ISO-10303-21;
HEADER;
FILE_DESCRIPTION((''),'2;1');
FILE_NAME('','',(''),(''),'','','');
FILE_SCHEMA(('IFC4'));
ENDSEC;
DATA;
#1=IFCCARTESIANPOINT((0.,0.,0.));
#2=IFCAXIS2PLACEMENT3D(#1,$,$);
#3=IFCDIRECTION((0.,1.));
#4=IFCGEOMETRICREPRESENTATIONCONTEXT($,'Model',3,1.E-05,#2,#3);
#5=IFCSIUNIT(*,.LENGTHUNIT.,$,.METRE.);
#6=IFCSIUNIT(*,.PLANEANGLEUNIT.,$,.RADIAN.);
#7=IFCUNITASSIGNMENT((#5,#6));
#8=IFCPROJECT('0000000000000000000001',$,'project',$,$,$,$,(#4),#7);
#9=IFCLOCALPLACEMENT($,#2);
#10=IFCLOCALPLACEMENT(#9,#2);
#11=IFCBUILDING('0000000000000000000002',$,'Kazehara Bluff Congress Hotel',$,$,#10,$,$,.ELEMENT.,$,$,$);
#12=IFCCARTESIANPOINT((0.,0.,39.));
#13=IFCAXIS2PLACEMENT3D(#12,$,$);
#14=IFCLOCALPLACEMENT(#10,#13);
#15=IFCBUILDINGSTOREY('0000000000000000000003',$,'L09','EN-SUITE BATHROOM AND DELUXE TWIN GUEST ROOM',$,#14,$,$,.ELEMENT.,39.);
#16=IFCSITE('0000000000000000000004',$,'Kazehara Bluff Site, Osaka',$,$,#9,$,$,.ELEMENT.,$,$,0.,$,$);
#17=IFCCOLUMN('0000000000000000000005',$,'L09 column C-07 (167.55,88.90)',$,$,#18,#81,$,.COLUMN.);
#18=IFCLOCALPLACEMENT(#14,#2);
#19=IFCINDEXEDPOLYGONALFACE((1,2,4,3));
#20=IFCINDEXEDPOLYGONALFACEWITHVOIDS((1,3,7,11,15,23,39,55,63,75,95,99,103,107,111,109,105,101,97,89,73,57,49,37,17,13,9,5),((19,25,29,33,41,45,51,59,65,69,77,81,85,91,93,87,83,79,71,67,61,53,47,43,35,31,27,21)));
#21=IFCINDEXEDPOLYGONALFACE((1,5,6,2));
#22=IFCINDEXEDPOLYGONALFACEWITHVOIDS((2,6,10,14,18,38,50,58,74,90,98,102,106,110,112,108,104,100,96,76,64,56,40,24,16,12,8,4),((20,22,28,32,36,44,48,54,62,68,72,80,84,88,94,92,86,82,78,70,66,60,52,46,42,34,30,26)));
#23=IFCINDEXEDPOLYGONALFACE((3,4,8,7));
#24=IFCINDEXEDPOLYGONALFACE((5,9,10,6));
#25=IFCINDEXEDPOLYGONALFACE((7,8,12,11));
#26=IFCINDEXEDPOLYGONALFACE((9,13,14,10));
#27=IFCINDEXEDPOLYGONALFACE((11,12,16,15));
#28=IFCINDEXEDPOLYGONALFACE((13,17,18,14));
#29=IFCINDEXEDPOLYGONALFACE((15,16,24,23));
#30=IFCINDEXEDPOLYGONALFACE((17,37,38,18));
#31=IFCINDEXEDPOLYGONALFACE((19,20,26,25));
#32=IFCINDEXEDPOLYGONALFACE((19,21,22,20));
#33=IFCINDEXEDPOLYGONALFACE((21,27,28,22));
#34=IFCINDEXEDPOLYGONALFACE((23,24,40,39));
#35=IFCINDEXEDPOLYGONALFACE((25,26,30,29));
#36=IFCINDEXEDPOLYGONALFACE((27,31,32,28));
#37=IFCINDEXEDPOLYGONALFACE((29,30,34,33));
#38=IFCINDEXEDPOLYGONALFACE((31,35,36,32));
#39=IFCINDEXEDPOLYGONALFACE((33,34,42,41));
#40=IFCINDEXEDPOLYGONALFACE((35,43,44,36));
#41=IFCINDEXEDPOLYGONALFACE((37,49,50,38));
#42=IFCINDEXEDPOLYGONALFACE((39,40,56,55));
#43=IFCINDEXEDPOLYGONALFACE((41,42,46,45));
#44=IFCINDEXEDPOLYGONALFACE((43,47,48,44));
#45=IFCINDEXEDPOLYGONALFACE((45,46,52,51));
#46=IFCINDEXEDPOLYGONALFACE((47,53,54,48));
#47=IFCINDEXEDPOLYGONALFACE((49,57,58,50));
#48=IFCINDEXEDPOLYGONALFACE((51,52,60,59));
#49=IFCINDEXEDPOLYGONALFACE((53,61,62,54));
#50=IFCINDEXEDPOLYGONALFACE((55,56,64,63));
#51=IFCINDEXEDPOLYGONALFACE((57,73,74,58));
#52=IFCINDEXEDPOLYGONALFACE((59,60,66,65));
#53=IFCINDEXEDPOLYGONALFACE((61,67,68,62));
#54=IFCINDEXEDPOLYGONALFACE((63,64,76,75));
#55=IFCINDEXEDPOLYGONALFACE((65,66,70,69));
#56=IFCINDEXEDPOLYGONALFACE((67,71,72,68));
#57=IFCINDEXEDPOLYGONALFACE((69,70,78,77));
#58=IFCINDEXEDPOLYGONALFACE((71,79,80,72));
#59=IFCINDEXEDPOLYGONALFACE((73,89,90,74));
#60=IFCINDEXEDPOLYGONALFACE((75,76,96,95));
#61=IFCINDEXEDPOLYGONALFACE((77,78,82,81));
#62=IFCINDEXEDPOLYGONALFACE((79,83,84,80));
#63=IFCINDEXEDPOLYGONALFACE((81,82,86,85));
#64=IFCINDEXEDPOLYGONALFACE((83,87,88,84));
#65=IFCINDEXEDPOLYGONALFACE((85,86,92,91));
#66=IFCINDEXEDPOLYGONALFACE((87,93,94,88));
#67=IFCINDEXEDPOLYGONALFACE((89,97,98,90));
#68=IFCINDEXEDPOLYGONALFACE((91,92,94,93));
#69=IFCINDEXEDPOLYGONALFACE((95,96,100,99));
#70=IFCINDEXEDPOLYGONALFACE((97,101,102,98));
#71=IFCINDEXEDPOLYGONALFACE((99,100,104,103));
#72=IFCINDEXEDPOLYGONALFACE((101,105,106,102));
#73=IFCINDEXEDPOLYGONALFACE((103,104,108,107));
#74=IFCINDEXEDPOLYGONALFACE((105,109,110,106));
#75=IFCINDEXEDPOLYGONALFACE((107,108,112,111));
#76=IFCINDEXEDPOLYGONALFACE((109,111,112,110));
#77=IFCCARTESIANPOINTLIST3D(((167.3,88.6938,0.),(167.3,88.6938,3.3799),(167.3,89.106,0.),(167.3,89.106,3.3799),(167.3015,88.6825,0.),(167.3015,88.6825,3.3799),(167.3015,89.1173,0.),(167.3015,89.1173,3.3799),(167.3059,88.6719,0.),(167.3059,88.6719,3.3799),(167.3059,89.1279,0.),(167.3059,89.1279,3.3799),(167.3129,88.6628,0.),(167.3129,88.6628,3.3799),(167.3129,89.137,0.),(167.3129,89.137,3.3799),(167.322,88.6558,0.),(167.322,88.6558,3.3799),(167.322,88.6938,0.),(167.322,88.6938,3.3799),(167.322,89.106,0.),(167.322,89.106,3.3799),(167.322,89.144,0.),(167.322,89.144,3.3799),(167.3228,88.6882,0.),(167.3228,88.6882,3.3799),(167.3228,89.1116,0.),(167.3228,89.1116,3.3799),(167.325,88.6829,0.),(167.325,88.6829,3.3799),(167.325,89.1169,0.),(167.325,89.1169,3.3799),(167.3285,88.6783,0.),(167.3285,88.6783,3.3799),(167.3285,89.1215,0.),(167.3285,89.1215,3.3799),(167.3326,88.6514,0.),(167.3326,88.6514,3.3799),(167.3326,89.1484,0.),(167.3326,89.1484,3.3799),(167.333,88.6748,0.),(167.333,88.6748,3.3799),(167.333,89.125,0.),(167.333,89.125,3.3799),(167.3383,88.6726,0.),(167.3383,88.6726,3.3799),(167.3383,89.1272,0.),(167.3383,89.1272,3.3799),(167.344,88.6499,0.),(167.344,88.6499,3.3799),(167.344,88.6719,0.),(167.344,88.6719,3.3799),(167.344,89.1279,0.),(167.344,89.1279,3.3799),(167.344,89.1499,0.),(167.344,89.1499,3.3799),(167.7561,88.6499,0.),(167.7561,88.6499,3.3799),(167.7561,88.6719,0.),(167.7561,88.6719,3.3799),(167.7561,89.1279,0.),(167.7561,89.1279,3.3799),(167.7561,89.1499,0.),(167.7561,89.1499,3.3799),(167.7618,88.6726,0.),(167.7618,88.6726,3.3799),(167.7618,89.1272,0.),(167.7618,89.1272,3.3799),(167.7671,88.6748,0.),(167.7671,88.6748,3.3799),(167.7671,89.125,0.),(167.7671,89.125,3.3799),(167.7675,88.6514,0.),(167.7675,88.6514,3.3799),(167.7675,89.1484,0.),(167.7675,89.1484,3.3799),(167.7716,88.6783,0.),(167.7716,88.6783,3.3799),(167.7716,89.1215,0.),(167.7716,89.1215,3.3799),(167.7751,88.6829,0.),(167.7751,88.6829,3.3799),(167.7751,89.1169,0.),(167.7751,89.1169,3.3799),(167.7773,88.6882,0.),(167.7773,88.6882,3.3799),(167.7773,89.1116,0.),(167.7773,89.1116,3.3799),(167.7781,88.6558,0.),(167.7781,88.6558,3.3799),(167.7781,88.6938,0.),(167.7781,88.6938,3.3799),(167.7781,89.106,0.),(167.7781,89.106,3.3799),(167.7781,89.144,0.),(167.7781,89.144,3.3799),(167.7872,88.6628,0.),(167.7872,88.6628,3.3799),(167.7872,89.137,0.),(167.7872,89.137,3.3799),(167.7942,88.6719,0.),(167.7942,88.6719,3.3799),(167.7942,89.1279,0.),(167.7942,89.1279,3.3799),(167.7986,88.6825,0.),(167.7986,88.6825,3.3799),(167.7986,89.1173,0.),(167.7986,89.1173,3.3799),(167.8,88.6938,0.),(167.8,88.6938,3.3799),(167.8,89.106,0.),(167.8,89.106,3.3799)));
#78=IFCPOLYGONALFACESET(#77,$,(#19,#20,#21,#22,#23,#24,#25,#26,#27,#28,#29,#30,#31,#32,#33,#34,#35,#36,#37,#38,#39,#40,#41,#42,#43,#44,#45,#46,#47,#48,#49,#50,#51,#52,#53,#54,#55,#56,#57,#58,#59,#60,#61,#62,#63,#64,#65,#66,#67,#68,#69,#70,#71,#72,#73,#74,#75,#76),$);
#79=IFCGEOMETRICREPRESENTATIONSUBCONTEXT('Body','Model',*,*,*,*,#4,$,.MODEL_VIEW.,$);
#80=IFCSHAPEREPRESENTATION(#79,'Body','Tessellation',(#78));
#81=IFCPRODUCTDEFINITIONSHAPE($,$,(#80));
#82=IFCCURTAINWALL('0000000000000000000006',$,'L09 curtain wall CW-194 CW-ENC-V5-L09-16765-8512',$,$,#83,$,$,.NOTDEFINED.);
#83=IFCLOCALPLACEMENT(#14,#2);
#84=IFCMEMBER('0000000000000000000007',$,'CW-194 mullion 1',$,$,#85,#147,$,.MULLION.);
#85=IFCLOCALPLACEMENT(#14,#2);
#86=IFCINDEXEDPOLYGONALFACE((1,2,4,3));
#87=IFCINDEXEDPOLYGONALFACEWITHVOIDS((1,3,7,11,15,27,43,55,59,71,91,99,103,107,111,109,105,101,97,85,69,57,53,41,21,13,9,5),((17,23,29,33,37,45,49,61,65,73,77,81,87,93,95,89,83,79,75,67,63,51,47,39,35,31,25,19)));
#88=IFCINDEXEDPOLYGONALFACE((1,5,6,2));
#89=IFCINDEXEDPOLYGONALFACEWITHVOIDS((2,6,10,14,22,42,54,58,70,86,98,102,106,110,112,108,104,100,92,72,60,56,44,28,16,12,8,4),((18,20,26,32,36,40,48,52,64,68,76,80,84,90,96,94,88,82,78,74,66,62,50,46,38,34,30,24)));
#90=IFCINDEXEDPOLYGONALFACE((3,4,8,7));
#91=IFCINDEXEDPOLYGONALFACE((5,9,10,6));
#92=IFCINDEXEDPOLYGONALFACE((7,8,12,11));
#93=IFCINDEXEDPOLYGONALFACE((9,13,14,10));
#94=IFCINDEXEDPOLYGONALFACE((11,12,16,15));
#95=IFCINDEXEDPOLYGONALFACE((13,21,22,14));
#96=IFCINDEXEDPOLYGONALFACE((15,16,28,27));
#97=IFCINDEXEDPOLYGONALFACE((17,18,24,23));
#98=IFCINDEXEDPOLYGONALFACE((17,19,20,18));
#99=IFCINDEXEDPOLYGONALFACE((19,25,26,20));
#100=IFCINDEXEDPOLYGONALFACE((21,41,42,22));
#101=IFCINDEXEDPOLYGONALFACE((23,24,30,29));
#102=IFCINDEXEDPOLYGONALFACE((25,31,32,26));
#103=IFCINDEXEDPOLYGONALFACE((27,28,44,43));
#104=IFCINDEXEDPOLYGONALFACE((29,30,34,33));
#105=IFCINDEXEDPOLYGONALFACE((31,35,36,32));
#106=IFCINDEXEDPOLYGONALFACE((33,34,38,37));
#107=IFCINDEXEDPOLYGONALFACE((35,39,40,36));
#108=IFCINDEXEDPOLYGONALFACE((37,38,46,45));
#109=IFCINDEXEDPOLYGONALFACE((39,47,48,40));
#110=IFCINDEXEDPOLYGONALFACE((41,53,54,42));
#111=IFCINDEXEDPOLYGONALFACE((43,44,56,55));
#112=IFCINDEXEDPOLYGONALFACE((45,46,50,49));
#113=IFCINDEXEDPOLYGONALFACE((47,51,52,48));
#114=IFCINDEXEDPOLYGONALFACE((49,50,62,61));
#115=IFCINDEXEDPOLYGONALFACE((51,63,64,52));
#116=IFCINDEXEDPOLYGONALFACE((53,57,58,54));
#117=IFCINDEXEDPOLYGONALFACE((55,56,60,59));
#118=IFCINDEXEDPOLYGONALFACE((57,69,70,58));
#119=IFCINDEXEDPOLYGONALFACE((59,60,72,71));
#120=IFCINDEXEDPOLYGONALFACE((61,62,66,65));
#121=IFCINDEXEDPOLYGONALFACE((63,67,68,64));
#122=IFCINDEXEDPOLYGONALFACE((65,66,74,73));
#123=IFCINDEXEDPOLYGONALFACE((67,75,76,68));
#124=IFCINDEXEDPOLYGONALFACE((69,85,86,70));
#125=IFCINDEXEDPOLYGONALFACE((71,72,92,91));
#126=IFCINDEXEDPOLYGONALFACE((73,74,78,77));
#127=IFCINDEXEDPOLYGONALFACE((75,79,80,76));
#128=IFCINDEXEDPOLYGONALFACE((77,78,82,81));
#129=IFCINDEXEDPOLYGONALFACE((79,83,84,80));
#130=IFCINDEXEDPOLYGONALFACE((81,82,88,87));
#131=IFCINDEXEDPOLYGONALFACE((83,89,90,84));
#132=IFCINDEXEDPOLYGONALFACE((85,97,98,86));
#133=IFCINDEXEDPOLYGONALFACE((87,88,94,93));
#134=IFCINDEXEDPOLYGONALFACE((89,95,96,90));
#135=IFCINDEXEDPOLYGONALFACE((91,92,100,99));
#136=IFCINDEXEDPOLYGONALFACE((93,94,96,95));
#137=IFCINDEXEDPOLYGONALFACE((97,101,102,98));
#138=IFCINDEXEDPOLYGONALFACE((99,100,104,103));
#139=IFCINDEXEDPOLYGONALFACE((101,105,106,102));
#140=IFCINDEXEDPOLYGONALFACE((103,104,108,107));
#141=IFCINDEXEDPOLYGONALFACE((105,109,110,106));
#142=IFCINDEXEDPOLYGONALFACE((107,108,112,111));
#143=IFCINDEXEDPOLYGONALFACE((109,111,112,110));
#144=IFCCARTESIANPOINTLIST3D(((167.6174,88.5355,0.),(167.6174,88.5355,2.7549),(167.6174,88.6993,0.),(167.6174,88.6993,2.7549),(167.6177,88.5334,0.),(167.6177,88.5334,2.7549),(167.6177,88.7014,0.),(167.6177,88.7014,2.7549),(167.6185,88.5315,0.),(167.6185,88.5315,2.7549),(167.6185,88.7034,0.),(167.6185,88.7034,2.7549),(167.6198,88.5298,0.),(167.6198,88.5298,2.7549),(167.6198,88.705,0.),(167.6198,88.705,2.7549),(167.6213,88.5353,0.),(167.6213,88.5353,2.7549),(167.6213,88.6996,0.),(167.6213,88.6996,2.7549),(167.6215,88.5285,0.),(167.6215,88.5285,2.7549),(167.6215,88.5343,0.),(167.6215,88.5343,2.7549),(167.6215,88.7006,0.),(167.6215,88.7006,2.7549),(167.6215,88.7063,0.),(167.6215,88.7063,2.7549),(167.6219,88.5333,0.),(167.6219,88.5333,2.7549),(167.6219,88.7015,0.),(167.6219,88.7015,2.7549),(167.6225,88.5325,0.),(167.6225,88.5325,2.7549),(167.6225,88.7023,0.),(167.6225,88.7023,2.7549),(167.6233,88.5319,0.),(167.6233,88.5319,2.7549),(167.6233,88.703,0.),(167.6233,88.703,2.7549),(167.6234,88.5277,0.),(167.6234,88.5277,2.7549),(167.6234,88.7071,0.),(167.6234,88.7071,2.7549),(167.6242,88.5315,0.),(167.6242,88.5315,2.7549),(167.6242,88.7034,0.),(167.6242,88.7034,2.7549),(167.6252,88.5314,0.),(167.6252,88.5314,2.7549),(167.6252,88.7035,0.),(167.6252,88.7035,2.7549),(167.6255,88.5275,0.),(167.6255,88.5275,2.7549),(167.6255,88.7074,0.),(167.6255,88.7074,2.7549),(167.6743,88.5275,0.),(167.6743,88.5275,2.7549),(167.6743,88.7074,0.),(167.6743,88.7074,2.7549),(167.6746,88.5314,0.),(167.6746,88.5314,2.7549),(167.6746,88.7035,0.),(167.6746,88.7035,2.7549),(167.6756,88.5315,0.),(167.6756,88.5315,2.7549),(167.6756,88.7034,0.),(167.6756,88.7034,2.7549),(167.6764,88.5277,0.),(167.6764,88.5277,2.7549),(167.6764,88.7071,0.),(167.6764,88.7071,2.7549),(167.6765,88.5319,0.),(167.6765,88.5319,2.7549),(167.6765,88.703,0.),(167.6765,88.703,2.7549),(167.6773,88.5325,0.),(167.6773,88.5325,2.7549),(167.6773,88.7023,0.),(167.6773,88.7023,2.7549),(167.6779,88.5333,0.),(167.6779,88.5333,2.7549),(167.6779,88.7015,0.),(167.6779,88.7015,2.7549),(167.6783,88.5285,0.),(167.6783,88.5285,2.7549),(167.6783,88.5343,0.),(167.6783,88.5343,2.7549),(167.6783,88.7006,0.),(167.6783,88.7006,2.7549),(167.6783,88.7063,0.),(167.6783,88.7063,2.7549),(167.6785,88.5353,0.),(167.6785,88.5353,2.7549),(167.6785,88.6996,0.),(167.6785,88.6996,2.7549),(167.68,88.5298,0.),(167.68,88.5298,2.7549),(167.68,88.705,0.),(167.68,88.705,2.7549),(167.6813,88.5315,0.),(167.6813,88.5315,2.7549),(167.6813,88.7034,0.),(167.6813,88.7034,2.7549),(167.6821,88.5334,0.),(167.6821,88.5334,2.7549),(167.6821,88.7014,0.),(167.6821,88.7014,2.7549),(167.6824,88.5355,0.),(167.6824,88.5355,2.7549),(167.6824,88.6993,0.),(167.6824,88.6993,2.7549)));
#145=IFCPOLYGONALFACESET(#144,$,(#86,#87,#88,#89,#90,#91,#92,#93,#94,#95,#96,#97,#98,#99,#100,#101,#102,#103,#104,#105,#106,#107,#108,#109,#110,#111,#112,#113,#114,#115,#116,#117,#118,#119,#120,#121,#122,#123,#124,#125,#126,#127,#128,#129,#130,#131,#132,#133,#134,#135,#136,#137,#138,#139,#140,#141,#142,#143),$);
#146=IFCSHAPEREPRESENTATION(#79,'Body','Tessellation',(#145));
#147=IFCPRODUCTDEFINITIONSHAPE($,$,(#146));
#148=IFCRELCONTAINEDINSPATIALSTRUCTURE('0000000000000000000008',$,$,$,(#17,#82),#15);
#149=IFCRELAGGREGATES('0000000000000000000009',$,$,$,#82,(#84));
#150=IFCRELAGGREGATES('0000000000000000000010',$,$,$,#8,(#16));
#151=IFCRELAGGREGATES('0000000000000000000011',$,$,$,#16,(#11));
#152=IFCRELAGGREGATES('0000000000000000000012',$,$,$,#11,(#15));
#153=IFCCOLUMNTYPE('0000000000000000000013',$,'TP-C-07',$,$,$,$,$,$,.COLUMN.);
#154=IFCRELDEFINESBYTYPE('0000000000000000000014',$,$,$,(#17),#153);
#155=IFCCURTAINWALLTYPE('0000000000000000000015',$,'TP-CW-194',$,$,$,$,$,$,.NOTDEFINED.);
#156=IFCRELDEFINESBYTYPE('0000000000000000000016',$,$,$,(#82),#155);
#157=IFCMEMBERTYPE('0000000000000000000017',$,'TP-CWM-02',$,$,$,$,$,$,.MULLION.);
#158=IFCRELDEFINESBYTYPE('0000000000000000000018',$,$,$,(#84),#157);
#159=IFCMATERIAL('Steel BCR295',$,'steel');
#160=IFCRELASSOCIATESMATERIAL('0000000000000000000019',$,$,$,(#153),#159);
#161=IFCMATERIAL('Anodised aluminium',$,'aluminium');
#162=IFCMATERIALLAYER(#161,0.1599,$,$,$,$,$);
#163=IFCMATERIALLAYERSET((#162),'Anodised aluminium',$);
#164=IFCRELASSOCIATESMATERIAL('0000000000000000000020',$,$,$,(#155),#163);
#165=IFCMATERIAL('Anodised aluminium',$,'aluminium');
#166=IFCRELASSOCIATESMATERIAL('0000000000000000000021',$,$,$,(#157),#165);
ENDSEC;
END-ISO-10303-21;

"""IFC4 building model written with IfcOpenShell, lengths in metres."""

from ifc_helpers import new_model, si_unit, direction, frame, origin, origin_2d, place, context, subcontext, project, spatial, hollow_rectangle, extrude, material, layer, layer_set, material_profile, profile_set, type_object, element, aggregate, save


model = new_model("IFC4")

# Units and contexts
model_context = context("Model", 3, precision=1e-05, world=origin(), true_north=direction((0.0, 1.0)))
body_context = subcontext(model_context, "Body", "Model", "MODEL_VIEW")
ifc_project = project(units=[si_unit("LENGTHUNIT", "METRE"), si_unit("PLANEANGLEUNIT", "RADIAN")], contexts=[model_context])

# Site, building, storey
site_placement = place(None, origin())
site = spatial("IfcSite", under=ifc_project, at=site_placement, Name="Kazehara Bluff Site, Osaka", CompositionType="ELEMENT", RefElevation=0.0)
building_placement = place(site_placement, origin())
building = spatial("IfcBuilding", under=site, at=building_placement, Name="Kazehara Bluff Congress Hotel", CompositionType="ELEMENT")
storey_placement = place(building_placement, frame((0.0, 0.0, 39.0)))
storey = spatial("IfcBuildingStorey", under=building, at=storey_placement, Name="L09", Description="EN-SUITE BATHROOM AND DELUXE TWIN GUEST ROOM", CompositionType="ELEMENT", Elevation=39.0)

# Column
ifc_material_1 = material(Name="Steel BCR295", Category="steel")
ifc_material_profile_1 = material_profile(ifc_material_1, hollow_rectangle(XDim=0.5, YDim=0.5, WallThickness=0.022, InnerFilletRadius=0.022, OuterFilletRadius=0.0439, at=origin_2d()))
ifc_profile_set_1 = profile_set([ifc_material_profile_1], Name="Steel BCR295")
column_type = type_object("IfcColumnType", Name="TP-C-07", PredefinedType="COLUMN", material=ifc_profile_set_1)
column_placement = place(storey_placement, frame((167.55, 88.8999, 0.0), z_axis=(0.0, 0.0, 1.0), x_axis=(1.0, 0.0, 0.0)))
element("IfcColumn", 1, at=column_placement, inside=storey, type_object=column_type, Name="L09 column C-07 (167.55,88.90)", PredefinedType="COLUMN", context=body_context, shape_type="SweptSolid", body=[
    extrude(hollow_rectangle(XDim=0.5, YDim=0.5, WallThickness=0.022, InnerFilletRadius=0.022, OuterFilletRadius=0.0439, at=origin_2d()), origin(), (0.0, 0.0, 1.0), 3.3799),
])

# Curtain wall, member
ifc_material_2 = material(Name="Anodised aluminium", Category="aluminium")
ifc_layer_1 = layer(ifc_material_2, 0.1599)
ifc_layer_set_1 = layer_set([ifc_layer_1], Name="Anodised aluminium")
curtain_wall_type_1 = type_object("IfcCurtainWallType", Name="TP-CW-194", PredefinedType="NOTDEFINED", material=ifc_layer_set_1)
curtain_wall_1_placement = place(storey_placement, origin())
curtain_wall_1 = element("IfcCurtainWall", 2, at=curtain_wall_1_placement, inside=storey, type_object=curtain_wall_type_1, Name="L09 curtain wall CW-194 CW-ENC-V5-L09-16765-8512", PredefinedType="NOTDEFINED")
ifc_material_3 = material(Name="Anodised aluminium", Category="aluminium")
ifc_material_profile_2 = material_profile(ifc_material_3, hollow_rectangle(XDim=0.0649, YDim=0.1799, WallThickness=0.0039, InnerFilletRadius=0.0039, OuterFilletRadius=0.0081, at=origin_2d()))
ifc_profile_set_2 = profile_set([ifc_material_profile_2], Name="Anodised aluminium")
member_type_1 = type_object("IfcMemberType", Name="TP-CWM-02", PredefinedType="MULLION", material=ifc_profile_set_2)
member_1_placement = place(storey_placement, frame((167.6499, 88.6174, 0.0), z_axis=(0.0, 0.0, 1.0), x_axis=(1.0, 0.0, 0.0)))
member_1 = element("IfcMember", 3, at=member_1_placement, type_object=member_type_1, Name="CW-194 mullion 1", PredefinedType="MULLION", context=body_context, shape_type="SweptSolid", body=[
    extrude(hollow_rectangle(XDim=0.0649, YDim=0.1799, WallThickness=0.0039, InnerFilletRadius=0.0039, OuterFilletRadius=0.0081, at=origin_2d()), origin(), (0.0, 0.0, 1.0), 2.7549),
])

aggregate(curtain_wall_1, [member_1])

save(model, "model.ifc")
